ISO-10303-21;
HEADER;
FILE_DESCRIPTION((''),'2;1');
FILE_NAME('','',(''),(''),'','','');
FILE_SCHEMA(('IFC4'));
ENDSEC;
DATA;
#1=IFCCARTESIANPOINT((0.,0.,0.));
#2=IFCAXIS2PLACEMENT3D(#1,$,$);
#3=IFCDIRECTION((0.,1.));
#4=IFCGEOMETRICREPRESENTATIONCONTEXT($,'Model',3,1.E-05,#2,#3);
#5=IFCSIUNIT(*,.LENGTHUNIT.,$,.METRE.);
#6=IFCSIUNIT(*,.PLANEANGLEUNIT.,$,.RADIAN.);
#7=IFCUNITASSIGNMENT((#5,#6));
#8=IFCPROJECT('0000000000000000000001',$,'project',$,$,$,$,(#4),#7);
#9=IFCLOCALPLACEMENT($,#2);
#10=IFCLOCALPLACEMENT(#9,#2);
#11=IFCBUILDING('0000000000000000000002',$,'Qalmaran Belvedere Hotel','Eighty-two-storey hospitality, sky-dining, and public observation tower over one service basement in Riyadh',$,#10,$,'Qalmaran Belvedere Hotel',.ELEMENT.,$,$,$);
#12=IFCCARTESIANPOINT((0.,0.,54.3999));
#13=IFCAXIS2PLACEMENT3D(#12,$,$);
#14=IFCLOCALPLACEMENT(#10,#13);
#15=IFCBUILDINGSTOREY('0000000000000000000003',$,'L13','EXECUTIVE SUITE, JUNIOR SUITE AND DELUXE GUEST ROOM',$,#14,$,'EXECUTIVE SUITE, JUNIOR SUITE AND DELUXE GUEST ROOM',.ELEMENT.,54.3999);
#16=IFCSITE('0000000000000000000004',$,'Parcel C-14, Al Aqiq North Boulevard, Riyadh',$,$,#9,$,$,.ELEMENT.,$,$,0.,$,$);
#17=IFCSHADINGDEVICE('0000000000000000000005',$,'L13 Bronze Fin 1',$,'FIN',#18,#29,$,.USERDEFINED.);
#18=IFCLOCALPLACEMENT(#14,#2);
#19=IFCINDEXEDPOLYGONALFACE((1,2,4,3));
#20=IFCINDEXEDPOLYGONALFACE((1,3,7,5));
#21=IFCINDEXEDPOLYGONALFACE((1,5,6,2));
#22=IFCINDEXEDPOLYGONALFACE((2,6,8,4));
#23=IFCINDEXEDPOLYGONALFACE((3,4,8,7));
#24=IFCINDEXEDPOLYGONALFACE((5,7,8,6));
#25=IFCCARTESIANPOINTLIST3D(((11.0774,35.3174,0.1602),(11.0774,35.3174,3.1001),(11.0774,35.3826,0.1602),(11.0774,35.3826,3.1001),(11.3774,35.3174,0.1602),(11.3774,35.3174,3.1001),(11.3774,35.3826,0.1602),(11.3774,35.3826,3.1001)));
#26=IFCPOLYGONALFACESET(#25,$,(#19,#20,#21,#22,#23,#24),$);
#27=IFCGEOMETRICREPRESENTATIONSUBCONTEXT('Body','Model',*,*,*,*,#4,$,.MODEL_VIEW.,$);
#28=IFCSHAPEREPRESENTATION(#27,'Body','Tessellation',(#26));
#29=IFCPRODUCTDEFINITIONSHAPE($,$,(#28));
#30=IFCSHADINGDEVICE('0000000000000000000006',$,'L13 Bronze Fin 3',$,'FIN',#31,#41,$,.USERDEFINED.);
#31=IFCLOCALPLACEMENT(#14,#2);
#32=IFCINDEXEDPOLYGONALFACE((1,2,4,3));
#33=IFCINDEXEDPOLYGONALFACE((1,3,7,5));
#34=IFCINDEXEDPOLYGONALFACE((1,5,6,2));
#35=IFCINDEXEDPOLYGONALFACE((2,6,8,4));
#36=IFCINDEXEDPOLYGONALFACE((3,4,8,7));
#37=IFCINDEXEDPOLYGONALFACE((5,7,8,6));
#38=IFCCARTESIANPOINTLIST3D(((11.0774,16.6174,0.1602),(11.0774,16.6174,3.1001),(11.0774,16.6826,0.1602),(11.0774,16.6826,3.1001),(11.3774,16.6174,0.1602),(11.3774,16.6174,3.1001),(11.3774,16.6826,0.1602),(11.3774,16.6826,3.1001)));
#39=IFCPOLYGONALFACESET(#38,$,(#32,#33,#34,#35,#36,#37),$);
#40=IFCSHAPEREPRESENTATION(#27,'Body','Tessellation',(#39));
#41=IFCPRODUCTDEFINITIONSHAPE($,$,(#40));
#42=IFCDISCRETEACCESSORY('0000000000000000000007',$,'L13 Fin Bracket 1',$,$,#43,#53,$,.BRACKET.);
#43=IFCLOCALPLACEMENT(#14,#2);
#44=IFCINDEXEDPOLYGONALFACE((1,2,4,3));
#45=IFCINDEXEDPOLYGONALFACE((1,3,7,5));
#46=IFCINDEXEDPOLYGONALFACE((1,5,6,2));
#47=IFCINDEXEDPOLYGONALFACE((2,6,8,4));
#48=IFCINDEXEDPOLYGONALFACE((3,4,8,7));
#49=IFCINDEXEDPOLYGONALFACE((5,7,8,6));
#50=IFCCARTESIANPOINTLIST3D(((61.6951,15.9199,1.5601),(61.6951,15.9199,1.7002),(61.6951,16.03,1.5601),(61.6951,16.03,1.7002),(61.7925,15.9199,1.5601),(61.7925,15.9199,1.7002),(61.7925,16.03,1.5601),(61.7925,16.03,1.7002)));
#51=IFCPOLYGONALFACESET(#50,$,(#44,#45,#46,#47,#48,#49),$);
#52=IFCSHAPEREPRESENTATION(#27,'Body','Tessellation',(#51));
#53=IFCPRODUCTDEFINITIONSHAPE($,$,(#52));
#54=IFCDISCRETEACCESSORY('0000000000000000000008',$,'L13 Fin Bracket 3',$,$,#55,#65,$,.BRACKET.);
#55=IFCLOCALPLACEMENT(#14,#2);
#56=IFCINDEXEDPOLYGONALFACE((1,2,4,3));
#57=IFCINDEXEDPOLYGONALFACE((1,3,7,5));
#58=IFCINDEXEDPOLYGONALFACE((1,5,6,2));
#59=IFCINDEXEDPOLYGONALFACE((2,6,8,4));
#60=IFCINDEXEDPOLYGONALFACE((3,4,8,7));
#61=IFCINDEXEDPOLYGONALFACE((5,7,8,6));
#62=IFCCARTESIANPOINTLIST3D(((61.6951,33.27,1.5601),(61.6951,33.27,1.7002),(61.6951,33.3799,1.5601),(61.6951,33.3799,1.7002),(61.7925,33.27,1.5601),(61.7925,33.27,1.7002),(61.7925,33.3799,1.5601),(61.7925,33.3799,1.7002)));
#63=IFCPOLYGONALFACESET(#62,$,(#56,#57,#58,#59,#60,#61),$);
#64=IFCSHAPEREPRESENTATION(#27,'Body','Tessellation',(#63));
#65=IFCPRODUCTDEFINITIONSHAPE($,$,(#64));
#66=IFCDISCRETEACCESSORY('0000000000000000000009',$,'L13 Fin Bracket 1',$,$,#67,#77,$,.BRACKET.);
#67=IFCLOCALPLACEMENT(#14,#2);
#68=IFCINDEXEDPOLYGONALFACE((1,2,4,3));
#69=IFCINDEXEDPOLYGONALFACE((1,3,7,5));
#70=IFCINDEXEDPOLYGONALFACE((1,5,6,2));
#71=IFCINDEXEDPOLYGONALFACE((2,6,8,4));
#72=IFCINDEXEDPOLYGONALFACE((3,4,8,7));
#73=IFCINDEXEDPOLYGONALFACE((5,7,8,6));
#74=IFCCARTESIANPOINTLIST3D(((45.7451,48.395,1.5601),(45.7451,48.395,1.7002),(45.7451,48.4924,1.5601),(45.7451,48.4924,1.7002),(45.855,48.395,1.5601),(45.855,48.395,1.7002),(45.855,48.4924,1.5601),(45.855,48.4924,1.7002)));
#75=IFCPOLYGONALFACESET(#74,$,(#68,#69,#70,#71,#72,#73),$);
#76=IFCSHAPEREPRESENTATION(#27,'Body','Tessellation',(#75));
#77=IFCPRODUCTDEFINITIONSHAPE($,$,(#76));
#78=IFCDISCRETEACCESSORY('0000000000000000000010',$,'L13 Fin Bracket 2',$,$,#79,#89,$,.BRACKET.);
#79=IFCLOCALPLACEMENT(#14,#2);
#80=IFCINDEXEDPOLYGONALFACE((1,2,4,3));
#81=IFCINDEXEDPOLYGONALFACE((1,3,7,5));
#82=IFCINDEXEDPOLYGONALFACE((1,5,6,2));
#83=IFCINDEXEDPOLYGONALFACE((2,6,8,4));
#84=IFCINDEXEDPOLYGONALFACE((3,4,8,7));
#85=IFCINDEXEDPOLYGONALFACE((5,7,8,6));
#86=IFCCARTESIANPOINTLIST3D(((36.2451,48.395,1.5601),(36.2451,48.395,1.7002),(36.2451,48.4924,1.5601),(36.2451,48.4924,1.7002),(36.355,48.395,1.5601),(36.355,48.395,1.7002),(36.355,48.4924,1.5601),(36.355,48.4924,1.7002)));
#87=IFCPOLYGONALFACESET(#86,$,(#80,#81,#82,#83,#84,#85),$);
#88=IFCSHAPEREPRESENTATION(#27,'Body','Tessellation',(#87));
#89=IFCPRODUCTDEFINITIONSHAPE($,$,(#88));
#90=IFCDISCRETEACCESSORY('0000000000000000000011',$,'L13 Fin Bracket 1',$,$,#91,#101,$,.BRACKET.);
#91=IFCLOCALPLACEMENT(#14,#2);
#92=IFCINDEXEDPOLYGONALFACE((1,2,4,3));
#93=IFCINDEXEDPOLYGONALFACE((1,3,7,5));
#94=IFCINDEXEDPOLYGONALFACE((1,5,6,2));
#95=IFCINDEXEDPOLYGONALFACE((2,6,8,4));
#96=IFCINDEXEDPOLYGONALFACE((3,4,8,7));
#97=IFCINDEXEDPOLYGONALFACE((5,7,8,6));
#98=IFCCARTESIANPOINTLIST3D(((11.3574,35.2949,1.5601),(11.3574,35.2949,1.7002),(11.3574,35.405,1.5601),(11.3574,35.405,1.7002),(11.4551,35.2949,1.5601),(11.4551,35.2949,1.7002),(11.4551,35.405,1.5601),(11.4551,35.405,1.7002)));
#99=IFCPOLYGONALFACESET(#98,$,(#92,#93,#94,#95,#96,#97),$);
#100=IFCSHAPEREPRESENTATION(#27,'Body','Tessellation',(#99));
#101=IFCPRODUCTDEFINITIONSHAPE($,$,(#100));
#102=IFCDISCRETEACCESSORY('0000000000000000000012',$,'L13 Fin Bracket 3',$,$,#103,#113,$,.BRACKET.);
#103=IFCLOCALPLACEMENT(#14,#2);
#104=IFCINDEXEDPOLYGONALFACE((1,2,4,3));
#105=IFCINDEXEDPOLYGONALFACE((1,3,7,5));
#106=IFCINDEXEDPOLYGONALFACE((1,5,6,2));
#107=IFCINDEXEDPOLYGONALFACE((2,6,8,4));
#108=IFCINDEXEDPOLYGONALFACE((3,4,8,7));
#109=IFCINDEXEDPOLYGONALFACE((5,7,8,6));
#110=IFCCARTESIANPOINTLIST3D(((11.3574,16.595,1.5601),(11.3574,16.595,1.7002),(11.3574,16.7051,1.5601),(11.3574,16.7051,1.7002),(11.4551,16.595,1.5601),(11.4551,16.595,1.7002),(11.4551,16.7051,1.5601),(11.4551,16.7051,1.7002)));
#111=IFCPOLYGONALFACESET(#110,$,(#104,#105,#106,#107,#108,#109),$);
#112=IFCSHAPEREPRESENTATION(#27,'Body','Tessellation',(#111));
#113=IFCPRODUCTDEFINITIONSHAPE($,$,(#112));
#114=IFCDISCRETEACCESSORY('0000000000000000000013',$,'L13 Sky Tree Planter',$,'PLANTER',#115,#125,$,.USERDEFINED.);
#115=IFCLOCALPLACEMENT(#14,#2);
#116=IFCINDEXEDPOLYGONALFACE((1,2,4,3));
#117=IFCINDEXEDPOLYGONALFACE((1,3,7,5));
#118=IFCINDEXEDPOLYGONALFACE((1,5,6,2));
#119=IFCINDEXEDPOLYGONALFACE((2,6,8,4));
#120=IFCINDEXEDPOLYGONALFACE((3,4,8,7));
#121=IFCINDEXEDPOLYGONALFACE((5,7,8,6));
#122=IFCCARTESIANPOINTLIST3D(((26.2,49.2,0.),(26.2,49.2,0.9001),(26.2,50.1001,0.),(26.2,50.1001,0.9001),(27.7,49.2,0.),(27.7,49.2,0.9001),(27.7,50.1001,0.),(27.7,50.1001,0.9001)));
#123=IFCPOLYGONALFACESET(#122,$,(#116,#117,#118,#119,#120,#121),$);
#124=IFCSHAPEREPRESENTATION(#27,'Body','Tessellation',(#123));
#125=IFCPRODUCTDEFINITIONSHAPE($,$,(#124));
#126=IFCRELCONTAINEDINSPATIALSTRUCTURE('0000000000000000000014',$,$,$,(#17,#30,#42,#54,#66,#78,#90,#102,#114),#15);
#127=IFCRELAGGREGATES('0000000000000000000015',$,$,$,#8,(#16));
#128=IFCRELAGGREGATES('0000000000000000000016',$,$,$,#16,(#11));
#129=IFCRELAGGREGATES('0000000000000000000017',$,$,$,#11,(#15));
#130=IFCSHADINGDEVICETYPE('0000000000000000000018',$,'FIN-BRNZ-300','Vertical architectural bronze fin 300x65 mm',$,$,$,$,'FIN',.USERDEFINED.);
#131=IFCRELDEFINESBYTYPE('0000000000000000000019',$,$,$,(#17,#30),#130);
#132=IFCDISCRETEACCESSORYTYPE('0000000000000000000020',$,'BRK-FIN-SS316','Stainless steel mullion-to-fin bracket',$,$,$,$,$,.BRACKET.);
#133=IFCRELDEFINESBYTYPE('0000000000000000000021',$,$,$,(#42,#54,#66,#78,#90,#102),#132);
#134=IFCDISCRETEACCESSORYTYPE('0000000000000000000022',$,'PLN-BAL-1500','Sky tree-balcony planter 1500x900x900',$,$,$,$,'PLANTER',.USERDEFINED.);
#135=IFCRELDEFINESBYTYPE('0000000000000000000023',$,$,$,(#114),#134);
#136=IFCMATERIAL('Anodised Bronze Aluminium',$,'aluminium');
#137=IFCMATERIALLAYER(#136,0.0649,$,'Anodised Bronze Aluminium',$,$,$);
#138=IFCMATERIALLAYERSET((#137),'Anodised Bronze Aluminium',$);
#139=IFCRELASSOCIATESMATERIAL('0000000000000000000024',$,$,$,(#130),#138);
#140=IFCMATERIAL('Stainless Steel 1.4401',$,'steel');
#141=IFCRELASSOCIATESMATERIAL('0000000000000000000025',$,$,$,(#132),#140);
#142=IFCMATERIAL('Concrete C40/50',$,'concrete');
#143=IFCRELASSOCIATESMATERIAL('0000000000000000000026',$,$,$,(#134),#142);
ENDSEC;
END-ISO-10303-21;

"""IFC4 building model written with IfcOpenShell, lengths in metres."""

from ifc_helpers import new_model, si_unit, direction, frame, origin, place, context, subcontext, project, spatial, polyline, outline, extrude, material, layer, layer_set, type_object, element, save


model = new_model("IFC4")

# Units and contexts
model_context = context("Model", 3, precision=1e-05, world=origin(), true_north=direction((0.0, 1.0)))
body_context = subcontext(model_context, "Body", "Model", "MODEL_VIEW")
ifc_project = project(units=[si_unit("LENGTHUNIT", "METRE"), si_unit("PLANEANGLEUNIT", "RADIAN")], contexts=[model_context])

# Site, building, storey
site_placement = place(None, origin())
site = spatial("IfcSite", under=ifc_project, at=site_placement, Name="Parcel C-14, Al Aqiq North Boulevard, Riyadh", CompositionType="ELEMENT", RefElevation=0.0)
building_placement = place(site_placement, origin())
building = spatial("IfcBuilding", under=site, at=building_placement, Name="Qalmaran Belvedere Hotel", Description="Eighty-two-storey hospitality, sky-dining, and public observation tower over one service basement in Riyadh", LongName="Qalmaran Belvedere Hotel", CompositionType="ELEMENT")
storey_placement = place(building_placement, frame((0.0, 0.0, 54.3999)))
storey = spatial("IfcBuildingStorey", under=building, at=storey_placement, Name="L13", Description="EXECUTIVE SUITE, JUNIOR SUITE AND DELUXE GUEST ROOM", LongName="EXECUTIVE SUITE, JUNIOR SUITE AND DELUXE GUEST ROOM", CompositionType="ELEMENT", Elevation=54.3999)

# Shared definitions
ifc_material_1 = material(Name="Anodised Bronze Aluminium", Category="aluminium")

# Shared definitions
ifc_material_2 = material(Name="Concrete C40/50", Category="concrete")

# Shading devices
ifc_layer_1 = layer(ifc_material_1, 0.0649, Name="Anodised Bronze Aluminium")
ifc_layer_set_1 = layer_set([ifc_layer_1], Name="Anodised Bronze Aluminium")
shading_device_type = type_object("IfcShadingDeviceType", Name="FIN-BRNZ-300", Description="Vertical architectural bronze fin 300x65 mm", ElementType="FIN", PredefinedType="USERDEFINED", material=ifc_layer_set_1)
shading_device_1_placement = place(storey_placement, frame((0.0, 0.0, 0.1602)))
element("IfcShadingDevice", 1, at=shading_device_1_placement, inside=storey, type_object=shading_device_type, Name="L13 Bronze Fin 1", ObjectType="FIN", PredefinedType="USERDEFINED", context=body_context, shape_type="SweptSolid", body=[
    extrude(outline(polyline([(11.3774, 35.3826), (11.0774, 35.3826), (11.0774, 35.3174), (11.3774, 35.3174), (11.3774, 35.3826)])), origin(), (0.0, 0.0, 1.0), 2.9399),
])
shading_device_2_placement = place(storey_placement, frame((0.0, 0.0, 0.1602)))
element("IfcShadingDevice", 2, at=shading_device_2_placement, inside=storey, type_object=shading_device_type, Name="L13 Bronze Fin 3", ObjectType="FIN", PredefinedType="USERDEFINED", context=body_context, shape_type="SweptSolid", body=[
    extrude(outline(polyline([(11.3774, 16.6826), (11.0774, 16.6826), (11.0774, 16.6174), (11.3774, 16.6174), (11.3774, 16.6826)])), origin(), (0.0, 0.0, 1.0), 2.9399),
])

# Discrete accessories
ifc_material_3 = material(Name="Stainless Steel 1.4401", Category="steel")
discrete_accessory_type_1 = type_object("IfcDiscreteAccessoryType", Name="BRK-FIN-SS316", Description="Stainless steel mullion-to-fin bracket", PredefinedType="BRACKET", material=ifc_material_3)
discrete_accessory_1_placement = place(storey_placement, frame((0.0, 0.0, 1.5601)))
element("IfcDiscreteAccessory", 3, at=discrete_accessory_1_placement, inside=storey, type_object=discrete_accessory_type_1, Name="L13 Fin Bracket 1", PredefinedType="BRACKET", context=body_context, shape_type="SweptSolid", body=[
    extrude(outline(polyline([(61.6951, 15.9199), (61.7925, 15.9199), (61.7925, 16.03), (61.6951, 16.03), (61.6951, 15.9199)])), origin(), (0.0, 0.0, 1.0), 0.1401),
])
discrete_accessory_2_placement = place(storey_placement, frame((0.0, 0.0, 1.5601)))
element("IfcDiscreteAccessory", 4, at=discrete_accessory_2_placement, inside=storey, type_object=discrete_accessory_type_1, Name="L13 Fin Bracket 3", PredefinedType="BRACKET", context=body_context, shape_type="SweptSolid", body=[
    extrude(outline(polyline([(61.6951, 33.27), (61.7925, 33.27), (61.7925, 33.3799), (61.6951, 33.3799), (61.6951, 33.27)])), origin(), (0.0, 0.0, 1.0), 0.1401),
])
discrete_accessory_3_placement = place(storey_placement, frame((0.0, 0.0, 1.5601)))
element("IfcDiscreteAccessory", 5, at=discrete_accessory_3_placement, inside=storey, type_object=discrete_accessory_type_1, Name="L13 Fin Bracket 1", PredefinedType="BRACKET", context=body_context, shape_type="SweptSolid", body=[
    extrude(outline(polyline([(45.855, 48.395), (45.855, 48.4924), (45.7451, 48.4924), (45.7451, 48.395), (45.855, 48.395)])), origin(), (0.0, 0.0, 1.0), 0.1401),
])
discrete_accessory_4_placement = place(storey_placement, frame((0.0, 0.0, 1.5601)))
element("IfcDiscreteAccessory", 6, at=discrete_accessory_4_placement, inside=storey, type_object=discrete_accessory_type_1, Name="L13 Fin Bracket 2", PredefinedType="BRACKET", context=body_context, shape_type="SweptSolid", body=[
    extrude(outline(polyline([(36.355, 48.395), (36.355, 48.4924), (36.2451, 48.4924), (36.2451, 48.395), (36.355, 48.395)])), origin(), (0.0, 0.0, 1.0), 0.1401),
])
discrete_accessory_5_placement = place(storey_placement, frame((0.0, 0.0, 1.5601)))
element("IfcDiscreteAccessory", 7, at=discrete_accessory_5_placement, inside=storey, type_object=discrete_accessory_type_1, Name="L13 Fin Bracket 1", PredefinedType="BRACKET", context=body_context, shape_type="SweptSolid", body=[
    extrude(outline(polyline([(11.4551, 35.405), (11.3574, 35.405), (11.3574, 35.2949), (11.4551, 35.2949), (11.4551, 35.405)])), origin(), (0.0, 0.0, 1.0), 0.1401),
])
discrete_accessory_6_placement = place(storey_placement, frame((0.0, 0.0, 1.5601)))
element("IfcDiscreteAccessory", 8, at=discrete_accessory_6_placement, inside=storey, type_object=discrete_accessory_type_1, Name="L13 Fin Bracket 3", PredefinedType="BRACKET", context=body_context, shape_type="SweptSolid", body=[
    extrude(outline(polyline([(11.4551, 16.7051), (11.3574, 16.7051), (11.3574, 16.595), (11.4551, 16.595), (11.4551, 16.7051)])), origin(), (0.0, 0.0, 1.0), 0.1401),
])
discrete_accessory_type_2 = type_object("IfcDiscreteAccessoryType", Name="PLN-BAL-1500", Description="Sky tree-balcony planter 1500x900x900", ElementType="PLANTER", PredefinedType="USERDEFINED", material=ifc_material_2)
discrete_accessory_7_placement = place(storey_placement, origin())
element("IfcDiscreteAccessory", 9, at=discrete_accessory_7_placement, inside=storey, type_object=discrete_accessory_type_2, Name="L13 Sky Tree Planter", ObjectType="PLANTER", PredefinedType="USERDEFINED", context=body_context, shape_type="SweptSolid", body=[
    extrude(outline(polyline([(26.2, 49.2), (27.7, 49.2), (27.7, 50.1001), (26.2, 50.1001), (26.2, 49.2)])), origin(), (0.0, 0.0, 1.0), 0.9001),
])

save(model, "model.ifc")
